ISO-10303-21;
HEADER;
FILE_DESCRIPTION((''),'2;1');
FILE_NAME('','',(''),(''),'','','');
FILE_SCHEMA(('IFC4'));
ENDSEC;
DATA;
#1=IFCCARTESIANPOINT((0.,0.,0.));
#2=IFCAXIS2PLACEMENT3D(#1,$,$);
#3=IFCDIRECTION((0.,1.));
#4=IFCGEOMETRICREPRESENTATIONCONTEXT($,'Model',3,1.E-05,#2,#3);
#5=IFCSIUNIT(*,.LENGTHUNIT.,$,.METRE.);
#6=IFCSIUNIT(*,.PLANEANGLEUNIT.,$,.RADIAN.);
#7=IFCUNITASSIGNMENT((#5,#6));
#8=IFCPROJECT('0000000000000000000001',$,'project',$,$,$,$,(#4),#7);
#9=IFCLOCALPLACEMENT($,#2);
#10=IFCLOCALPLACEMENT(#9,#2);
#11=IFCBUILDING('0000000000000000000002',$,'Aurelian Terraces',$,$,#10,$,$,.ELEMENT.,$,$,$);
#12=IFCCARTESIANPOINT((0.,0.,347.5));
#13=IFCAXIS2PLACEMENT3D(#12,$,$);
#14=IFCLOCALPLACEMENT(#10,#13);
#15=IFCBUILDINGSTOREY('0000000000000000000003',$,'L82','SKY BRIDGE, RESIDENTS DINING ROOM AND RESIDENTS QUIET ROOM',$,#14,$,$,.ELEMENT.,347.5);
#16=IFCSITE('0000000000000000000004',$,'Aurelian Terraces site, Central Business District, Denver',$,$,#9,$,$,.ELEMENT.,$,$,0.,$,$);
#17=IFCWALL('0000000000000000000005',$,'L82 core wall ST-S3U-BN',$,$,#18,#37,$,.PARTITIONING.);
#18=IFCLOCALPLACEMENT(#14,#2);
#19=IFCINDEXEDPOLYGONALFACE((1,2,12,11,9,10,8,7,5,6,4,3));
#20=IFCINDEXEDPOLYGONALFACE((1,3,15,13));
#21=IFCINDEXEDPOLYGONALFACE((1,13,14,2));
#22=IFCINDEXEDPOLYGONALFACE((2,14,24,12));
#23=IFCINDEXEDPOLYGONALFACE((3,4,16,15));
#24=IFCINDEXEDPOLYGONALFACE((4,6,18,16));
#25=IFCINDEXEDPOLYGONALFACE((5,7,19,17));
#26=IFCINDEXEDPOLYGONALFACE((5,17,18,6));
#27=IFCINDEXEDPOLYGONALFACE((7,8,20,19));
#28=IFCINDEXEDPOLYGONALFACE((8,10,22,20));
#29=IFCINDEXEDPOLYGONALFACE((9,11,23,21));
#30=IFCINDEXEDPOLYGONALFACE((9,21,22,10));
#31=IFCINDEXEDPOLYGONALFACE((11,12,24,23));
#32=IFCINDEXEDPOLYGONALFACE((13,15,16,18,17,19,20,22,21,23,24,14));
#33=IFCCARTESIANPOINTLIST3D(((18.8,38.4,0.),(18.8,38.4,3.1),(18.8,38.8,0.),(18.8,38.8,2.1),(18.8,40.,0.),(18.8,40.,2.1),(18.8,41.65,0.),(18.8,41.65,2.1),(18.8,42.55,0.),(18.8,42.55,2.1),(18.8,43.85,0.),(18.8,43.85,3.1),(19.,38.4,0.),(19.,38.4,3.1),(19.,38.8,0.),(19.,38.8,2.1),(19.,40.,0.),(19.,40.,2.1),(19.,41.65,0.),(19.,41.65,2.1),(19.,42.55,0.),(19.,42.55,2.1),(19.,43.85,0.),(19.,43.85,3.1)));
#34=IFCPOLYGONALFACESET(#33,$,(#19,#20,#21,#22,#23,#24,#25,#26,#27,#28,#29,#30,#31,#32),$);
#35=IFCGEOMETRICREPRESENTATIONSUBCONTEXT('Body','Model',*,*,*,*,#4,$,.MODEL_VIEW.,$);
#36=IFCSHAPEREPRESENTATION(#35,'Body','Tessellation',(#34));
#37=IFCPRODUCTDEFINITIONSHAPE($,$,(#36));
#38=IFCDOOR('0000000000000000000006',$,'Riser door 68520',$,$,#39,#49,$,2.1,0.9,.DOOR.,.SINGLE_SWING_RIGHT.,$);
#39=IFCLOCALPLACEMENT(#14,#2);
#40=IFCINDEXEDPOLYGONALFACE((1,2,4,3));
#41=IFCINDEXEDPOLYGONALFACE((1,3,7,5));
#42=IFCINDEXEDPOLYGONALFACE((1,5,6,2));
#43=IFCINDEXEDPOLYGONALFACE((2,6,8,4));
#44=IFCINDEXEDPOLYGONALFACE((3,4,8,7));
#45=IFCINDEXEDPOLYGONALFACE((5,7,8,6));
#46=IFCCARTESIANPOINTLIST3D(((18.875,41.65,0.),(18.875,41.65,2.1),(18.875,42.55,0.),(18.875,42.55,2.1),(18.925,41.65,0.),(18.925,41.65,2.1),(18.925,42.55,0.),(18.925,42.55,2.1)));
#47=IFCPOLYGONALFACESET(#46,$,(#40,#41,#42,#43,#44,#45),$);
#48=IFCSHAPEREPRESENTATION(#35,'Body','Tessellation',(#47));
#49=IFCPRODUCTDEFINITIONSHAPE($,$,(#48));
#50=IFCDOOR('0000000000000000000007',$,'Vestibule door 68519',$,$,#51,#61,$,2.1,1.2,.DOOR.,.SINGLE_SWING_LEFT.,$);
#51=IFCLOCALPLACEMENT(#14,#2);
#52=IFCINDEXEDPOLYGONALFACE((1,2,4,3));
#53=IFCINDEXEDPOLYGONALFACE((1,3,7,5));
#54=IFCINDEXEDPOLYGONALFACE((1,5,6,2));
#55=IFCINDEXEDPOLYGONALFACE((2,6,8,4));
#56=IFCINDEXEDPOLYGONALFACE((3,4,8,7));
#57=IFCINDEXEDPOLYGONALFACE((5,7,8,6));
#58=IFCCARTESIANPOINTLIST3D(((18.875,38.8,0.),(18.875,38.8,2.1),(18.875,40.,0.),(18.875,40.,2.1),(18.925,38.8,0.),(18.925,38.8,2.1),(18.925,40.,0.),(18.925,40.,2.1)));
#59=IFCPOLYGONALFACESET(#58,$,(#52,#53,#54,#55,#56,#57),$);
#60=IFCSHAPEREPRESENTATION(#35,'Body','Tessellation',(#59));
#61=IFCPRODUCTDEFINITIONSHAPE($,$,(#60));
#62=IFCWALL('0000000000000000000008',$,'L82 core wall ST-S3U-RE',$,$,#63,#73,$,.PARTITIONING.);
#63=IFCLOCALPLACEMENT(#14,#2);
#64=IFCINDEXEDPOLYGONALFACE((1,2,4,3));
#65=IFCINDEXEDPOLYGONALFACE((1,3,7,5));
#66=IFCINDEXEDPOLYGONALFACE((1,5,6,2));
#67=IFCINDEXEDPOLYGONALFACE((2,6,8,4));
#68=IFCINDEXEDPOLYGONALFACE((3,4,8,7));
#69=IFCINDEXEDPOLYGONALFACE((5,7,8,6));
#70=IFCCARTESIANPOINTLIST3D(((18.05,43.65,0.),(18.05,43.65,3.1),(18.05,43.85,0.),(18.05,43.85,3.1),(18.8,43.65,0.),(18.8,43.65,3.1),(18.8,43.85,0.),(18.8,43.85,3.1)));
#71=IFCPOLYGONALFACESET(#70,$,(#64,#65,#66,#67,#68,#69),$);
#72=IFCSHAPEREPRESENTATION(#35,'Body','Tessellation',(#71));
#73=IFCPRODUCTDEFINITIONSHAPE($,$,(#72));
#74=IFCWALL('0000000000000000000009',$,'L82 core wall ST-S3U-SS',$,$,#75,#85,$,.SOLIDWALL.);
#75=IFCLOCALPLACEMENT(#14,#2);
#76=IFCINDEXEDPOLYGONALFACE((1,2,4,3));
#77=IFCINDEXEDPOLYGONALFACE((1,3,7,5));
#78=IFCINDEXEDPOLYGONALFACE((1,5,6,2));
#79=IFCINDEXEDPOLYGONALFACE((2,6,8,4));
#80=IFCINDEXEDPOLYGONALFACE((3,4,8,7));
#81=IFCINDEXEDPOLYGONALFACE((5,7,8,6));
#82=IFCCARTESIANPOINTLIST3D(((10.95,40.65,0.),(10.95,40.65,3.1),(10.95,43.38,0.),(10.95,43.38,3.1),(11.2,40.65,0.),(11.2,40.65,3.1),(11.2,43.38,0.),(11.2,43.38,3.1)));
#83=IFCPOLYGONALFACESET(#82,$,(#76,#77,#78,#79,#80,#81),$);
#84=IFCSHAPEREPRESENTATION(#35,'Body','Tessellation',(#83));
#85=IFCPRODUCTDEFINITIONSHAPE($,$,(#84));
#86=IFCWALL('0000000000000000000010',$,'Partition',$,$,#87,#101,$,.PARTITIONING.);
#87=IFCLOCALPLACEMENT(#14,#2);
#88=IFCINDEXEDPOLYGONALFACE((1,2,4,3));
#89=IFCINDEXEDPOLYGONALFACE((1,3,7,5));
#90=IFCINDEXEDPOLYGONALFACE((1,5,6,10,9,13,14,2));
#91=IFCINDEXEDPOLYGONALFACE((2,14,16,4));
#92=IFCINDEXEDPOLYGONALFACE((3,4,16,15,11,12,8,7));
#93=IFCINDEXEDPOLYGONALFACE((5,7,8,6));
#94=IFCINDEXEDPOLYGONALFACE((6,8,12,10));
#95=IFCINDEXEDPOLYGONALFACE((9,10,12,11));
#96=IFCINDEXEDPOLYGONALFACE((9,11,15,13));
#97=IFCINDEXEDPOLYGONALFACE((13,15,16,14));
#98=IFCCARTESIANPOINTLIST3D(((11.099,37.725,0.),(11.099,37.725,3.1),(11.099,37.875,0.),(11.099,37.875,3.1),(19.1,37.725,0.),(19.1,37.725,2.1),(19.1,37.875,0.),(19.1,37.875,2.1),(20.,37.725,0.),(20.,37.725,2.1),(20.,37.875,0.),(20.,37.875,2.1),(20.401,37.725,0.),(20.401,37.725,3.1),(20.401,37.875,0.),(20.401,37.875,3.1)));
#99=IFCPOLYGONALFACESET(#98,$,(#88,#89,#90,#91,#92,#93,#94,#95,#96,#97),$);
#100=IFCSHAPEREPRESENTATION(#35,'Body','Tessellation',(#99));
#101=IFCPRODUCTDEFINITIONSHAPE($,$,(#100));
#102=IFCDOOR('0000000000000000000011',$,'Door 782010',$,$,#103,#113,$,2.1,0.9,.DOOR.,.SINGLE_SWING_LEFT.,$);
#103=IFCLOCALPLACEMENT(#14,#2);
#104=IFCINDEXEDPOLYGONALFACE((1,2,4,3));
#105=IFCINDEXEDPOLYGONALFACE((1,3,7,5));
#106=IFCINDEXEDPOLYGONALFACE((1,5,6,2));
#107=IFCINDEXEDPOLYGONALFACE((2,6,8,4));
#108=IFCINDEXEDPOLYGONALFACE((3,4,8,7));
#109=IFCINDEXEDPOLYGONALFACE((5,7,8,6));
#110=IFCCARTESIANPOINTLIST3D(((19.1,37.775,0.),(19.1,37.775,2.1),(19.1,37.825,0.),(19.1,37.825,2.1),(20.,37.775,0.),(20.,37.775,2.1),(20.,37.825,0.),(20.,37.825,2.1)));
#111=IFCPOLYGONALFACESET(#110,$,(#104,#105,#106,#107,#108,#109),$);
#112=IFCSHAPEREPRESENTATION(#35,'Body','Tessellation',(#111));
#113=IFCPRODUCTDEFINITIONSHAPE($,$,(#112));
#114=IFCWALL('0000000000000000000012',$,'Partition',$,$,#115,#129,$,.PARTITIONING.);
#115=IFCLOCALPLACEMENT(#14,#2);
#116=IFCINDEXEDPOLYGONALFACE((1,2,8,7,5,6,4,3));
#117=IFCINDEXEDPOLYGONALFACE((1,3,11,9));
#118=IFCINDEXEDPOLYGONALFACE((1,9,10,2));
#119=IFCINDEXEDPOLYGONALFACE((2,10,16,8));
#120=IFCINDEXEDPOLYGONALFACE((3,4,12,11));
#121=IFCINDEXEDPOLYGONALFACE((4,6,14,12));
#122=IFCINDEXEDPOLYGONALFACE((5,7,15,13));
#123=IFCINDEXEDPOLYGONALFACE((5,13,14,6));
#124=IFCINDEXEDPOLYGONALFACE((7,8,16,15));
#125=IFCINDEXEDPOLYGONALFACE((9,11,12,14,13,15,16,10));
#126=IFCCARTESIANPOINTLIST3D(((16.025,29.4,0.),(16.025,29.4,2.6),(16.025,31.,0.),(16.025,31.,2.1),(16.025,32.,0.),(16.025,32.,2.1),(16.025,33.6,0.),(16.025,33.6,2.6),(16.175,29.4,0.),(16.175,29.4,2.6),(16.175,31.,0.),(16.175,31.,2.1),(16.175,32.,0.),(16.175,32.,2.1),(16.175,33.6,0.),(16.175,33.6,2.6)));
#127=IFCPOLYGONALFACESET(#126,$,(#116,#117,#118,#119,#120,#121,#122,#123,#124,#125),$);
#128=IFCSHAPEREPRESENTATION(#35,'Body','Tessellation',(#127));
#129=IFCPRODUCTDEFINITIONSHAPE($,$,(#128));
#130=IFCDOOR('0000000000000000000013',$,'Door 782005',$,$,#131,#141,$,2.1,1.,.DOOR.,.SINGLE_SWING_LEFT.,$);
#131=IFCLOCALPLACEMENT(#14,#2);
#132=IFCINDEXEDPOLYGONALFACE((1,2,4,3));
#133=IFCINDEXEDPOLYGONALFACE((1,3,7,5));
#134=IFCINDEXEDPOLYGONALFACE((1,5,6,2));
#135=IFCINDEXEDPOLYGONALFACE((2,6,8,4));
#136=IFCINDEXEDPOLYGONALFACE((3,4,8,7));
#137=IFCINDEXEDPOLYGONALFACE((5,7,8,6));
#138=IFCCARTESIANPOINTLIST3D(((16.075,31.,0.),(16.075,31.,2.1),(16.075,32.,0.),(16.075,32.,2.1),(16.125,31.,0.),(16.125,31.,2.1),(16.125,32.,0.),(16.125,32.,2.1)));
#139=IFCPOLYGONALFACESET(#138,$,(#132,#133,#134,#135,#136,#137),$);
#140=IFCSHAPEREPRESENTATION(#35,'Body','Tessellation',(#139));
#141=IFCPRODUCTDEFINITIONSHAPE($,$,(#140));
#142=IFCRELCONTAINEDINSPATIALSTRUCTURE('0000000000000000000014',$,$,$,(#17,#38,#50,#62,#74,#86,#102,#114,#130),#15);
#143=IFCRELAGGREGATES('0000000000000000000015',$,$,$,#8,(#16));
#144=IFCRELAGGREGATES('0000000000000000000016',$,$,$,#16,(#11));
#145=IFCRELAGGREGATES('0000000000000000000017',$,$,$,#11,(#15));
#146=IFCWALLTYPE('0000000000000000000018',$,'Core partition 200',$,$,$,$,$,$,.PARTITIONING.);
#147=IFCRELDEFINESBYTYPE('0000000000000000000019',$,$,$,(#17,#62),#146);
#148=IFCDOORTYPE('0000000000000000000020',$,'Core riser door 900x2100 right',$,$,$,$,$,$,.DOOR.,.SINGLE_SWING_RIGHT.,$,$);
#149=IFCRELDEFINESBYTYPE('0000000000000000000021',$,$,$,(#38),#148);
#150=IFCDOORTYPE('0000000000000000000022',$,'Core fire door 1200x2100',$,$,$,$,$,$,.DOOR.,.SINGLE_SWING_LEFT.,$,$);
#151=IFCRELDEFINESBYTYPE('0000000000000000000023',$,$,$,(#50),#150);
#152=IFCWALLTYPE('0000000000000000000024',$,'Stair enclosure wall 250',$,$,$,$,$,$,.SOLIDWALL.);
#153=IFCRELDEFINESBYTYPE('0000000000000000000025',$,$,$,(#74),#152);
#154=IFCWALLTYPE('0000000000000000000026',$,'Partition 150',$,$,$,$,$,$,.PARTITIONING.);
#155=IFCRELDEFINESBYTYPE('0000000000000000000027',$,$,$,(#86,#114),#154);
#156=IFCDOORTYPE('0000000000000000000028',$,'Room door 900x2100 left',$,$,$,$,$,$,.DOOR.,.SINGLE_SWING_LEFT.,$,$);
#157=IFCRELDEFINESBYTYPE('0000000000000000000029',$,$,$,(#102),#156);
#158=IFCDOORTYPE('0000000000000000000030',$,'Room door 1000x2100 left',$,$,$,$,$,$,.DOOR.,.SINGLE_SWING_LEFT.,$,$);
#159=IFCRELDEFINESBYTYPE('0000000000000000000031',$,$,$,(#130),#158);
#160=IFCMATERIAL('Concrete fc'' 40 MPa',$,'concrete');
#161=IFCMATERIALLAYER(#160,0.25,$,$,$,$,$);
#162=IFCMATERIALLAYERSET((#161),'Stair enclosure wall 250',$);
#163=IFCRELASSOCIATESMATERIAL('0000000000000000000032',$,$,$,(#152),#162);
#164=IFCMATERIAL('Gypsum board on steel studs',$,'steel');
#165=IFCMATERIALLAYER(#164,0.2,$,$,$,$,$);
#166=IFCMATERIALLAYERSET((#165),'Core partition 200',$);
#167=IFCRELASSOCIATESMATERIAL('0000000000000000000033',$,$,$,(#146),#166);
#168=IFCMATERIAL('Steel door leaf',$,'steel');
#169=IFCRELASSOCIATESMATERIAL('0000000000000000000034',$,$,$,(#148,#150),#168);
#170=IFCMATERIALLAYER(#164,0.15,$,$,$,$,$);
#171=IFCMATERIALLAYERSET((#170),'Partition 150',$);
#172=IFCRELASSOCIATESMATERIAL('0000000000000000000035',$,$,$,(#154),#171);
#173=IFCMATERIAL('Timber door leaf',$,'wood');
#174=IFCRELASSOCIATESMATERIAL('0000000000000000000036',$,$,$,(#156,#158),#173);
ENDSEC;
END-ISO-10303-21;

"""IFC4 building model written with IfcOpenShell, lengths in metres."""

from ifc_helpers import new_model, si_unit, direction, frame, frame_2d, origin, place, context, subcontext, project, spatial, rectangle, extrude, source, transform, mapped, material, layer, layer_set, type_object, element, fill, save


model = new_model("IFC4")

# Units and contexts
model_context = context("Model", 3, precision=1e-05, world=origin(), true_north=direction((0.0, 1.0)))
body_context = subcontext(model_context, "Body", "Model", "MODEL_VIEW")
ifc_project = project(units=[si_unit("LENGTHUNIT", "METRE"), si_unit("PLANEANGLEUNIT", "RADIAN")], contexts=[model_context])

# Site, building, storey
site_placement = place(None, origin())
site = spatial("IfcSite", under=ifc_project, at=site_placement, Name="Aurelian Terraces site, Central Business District, Denver", CompositionType="ELEMENT", RefElevation=0.0)
building_placement = place(site_placement, origin())
building = spatial("IfcBuilding", under=site, at=building_placement, Name="Aurelian Terraces", CompositionType="ELEMENT")
storey_placement = place(building_placement, frame((0.0, 0.0, 347.5)))
storey = spatial("IfcBuildingStorey", under=building, at=storey_placement, Name="L82", Description="SKY BRIDGE, RESIDENTS DINING ROOM AND RESIDENTS QUIET ROOM", CompositionType="ELEMENT", Elevation=347.5)

# Shared definitions
ifc_material_1 = material(Name="Concrete fc' 40 MPa", Category="concrete")

# Shared definitions
ifc_layer_1 = layer(ifc_material_1, 0.25)
ifc_layer_set_1 = layer_set([ifc_layer_1], Name="Stair enclosure wall 250")
wall_type_1 = type_object("IfcWallType", Name="Stair enclosure wall 250", PredefinedType="SOLIDWALL", material=ifc_layer_set_1)

# Wall, openings, doors
ifc_material_2 = material(Name="Gypsum board on steel studs", Category="steel")
ifc_layer_2 = layer(ifc_material_2, 0.2)
ifc_layer_set_2 = layer_set([ifc_layer_2], Name="Core partition 200")
wall_type_2 = type_object("IfcWallType", Name="Core partition 200", PredefinedType="PARTITIONING", material=ifc_layer_set_2)
shared_shape_1 = source(origin(), body_context, "Body", "SweptSolid", [
    extrude(rectangle(XDim=5.45, YDim=0.2, at=frame_2d((2.725, 0.0))), origin(), (0.0, 0.0, 1.0), 3.1),
])
wall_1_placement = place(storey_placement, frame((18.9, 38.4, 0.0), z_axis=(0.0, 0.0, 1.0), x_axis=(0.0, 1.0, 0.0)))
wall_1 = element("IfcWall", 1, at=wall_1_placement, inside=storey, type_object=wall_type_2, Name="L82 core wall ST-S3U-BN", PredefinedType="PARTITIONING", context=body_context, shape_type="MappedRepresentation", body=[
    mapped(shared_shape_1, transform((0.0, 0.0, 0.0), scale=1.0)),
])
shared_shape_2 = source(origin(), body_context, "Body", "SweptSolid", [
    extrude(rectangle(XDim=1.2, YDim=2.1, at=frame_2d((0.6, 1.05))), frame((0.0, 0.11, 0.0), z_axis=(0.0, -1.0, 0.0), x_axis=(1.0, 0.0, 0.0)), (0.0, 0.0, 1.0), 0.22),
])
opening_1_placement = place(wall_1_placement, frame((0.4, 0.0, 0.0)))
opening_1 = element("IfcOpeningElement", 2, at=opening_1_placement, cuts=wall_1, PredefinedType="OPENING", context=body_context, shape_type="MappedRepresentation", body=[
    mapped(shared_shape_2, transform((0.0, 0.0, 0.0), scale=1.0)),
])
shared_shape_3 = source(origin(), body_context, "Body", "SweptSolid", [
    extrude(rectangle(XDim=0.9, YDim=2.1, at=frame_2d((0.45, 1.05))), frame((0.0, 0.11, 0.0), z_axis=(0.0, -1.0, 0.0), x_axis=(1.0, 0.0, 0.0)), (0.0, 0.0, 1.0), 0.22),
])
opening_2_placement = place(wall_1_placement, frame((3.25, 0.0, 0.0)))
opening_2 = element("IfcOpeningElement", 3, at=opening_2_placement, cuts=wall_1, PredefinedType="OPENING", context=body_context, shape_type="MappedRepresentation", body=[
    mapped(shared_shape_3, transform((0.0, 0.0, 0.0), scale=1.0)),
])
ifc_material_3 = material(Name="Steel door leaf", Category="steel")
door_type_1 = type_object("IfcDoorType", Name="Core riser door 900x2100 right", OperationType="SINGLE_SWING_RIGHT", PredefinedType="DOOR", material=ifc_material_3)
shared_shape_4 = source(origin(), body_context, "Body", "SweptSolid", [
    extrude(rectangle(XDim=0.9, YDim=2.1, at=frame_2d((0.45, 1.05))), frame((0.0, 0.025, 0.0), z_axis=(0.0, -1.0, 0.0), x_axis=(1.0, 0.0, 0.0)), (0.0, 0.0, 1.0), 0.05),
])
door_1_placement = place(opening_2_placement, origin())
door_1 = element("IfcDoor", 4, at=door_1_placement, inside=storey, type_object=door_type_1, Name="Riser door 68520", OperationType="SINGLE_SWING_RIGHT", OverallHeight=2.1, OverallWidth=0.9, PredefinedType="DOOR", context=body_context, shape_type="MappedRepresentation", body=[
    mapped(shared_shape_4, transform((0.0, 0.0, 0.0), scale=1.0)),
])
fill(opening_2, door_1)
door_type_2 = type_object("IfcDoorType", Name="Core fire door 1200x2100", OperationType="SINGLE_SWING_LEFT", PredefinedType="DOOR", material=ifc_material_3)
shared_shape_5 = source(origin(), body_context, "Body", "SweptSolid", [
    extrude(rectangle(XDim=1.2, YDim=2.1, at=frame_2d((0.6, 1.05))), frame((0.0, 0.025, 0.0), z_axis=(0.0, -1.0, 0.0), x_axis=(1.0, 0.0, 0.0)), (0.0, 0.0, 1.0), 0.05),
])
door_2_placement = place(opening_1_placement, origin())
door_2 = element("IfcDoor", 5, at=door_2_placement, inside=storey, type_object=door_type_2, Name="Vestibule door 68519", OperationType="SINGLE_SWING_LEFT", OverallHeight=2.1, OverallWidth=1.2, PredefinedType="DOOR", context=body_context, shape_type="MappedRepresentation", body=[
    mapped(shared_shape_5, transform((0.0, 0.0, 0.0), scale=1.0)),
])
fill(opening_1, door_2)

# Walls
shared_shape_6 = source(origin(), body_context, "Body", "SweptSolid", [
    extrude(rectangle(XDim=0.75, YDim=0.2, at=frame_2d((0.375, 0.0))), origin(), (0.0, 0.0, 1.0), 3.1),
])
wall_2_placement = place(storey_placement, frame((18.05, 43.75, 0.0), z_axis=(0.0, 0.0, 1.0), x_axis=(1.0, 0.0, 0.0)))
element("IfcWall", 6, at=wall_2_placement, inside=storey, type_object=wall_type_2, Name="L82 core wall ST-S3U-RE", PredefinedType="PARTITIONING", context=body_context, shape_type="MappedRepresentation", body=[
    mapped(shared_shape_6, transform((0.0, 0.0, 0.0), scale=1.0)),
])
shared_shape_7 = source(origin(), body_context, "Body", "SweptSolid", [
    extrude(rectangle(XDim=2.73, YDim=0.25, at=frame_2d((1.365, 0.0))), origin(), (0.0, 0.0, 1.0), 3.1),
])
wall_3_placement = place(storey_placement, frame((11.075, 40.65, 0.0), z_axis=(0.0, 0.0, 1.0), x_axis=(0.0, 1.0, 0.0)))
element("IfcWall", 7, at=wall_3_placement, inside=storey, type_object=wall_type_1, Name="L82 core wall ST-S3U-SS", PredefinedType="SOLIDWALL", context=body_context, shape_type="MappedRepresentation", body=[
    mapped(shared_shape_7, transform((0.0, 0.0, 0.0), scale=1.0)),
])

# Walls, openings, doors
ifc_layer_3 = layer(ifc_material_2, 0.15)
ifc_layer_set_3 = layer_set([ifc_layer_3], Name="Partition 150")
wall_type_3 = type_object("IfcWallType", Name="Partition 150", PredefinedType="PARTITIONING", material=ifc_layer_set_3)
shared_shape_8 = source(origin(), body_context, "Body", "SweptSolid", [
    extrude(rectangle(XDim=9.302, YDim=0.15, at=frame_2d((4.651, 0.0))), origin(), (0.0, 0.0, 1.0), 3.1),
])
wall_4_placement = place(storey_placement, frame((20.401, 37.8, 0.0), z_axis=(0.0, 0.0, 1.0), x_axis=(-1.0, 0.0, 0.0)))
wall_4 = element("IfcWall", 8, at=wall_4_placement, inside=storey, type_object=wall_type_3, Name="Partition", PredefinedType="PARTITIONING", context=body_context, shape_type="MappedRepresentation", body=[
    mapped(shared_shape_8, transform((0.0, 0.0, 0.0), scale=1.0)),
])
shared_shape_9 = source(origin(), body_context, "Body", "SweptSolid", [
    extrude(rectangle(XDim=0.9, YDim=2.1, at=frame_2d((0.45, 1.05))), frame((0.0, 0.085, 0.0), z_axis=(0.0, -1.0, 0.0), x_axis=(1.0, 0.0, 0.0)), (0.0, 0.0, 1.0), 0.17),
])
opening_3_placement = place(wall_4_placement, frame((0.401, 0.0, 0.0)))
opening_3 = element("IfcOpeningElement", 9, at=opening_3_placement, cuts=wall_4, PredefinedType="OPENING", context=body_context, shape_type="MappedRepresentation", body=[
    mapped(shared_shape_9, transform((0.0, 0.0, 0.0), scale=1.0)),
])
ifc_material_4 = material(Name="Timber door leaf", Category="wood")
door_type_3 = type_object("IfcDoorType", Name="Room door 900x2100 left", OperationType="SINGLE_SWING_LEFT", PredefinedType="DOOR", material=ifc_material_4)
door_3_placement = place(opening_3_placement, origin())
door_3 = element("IfcDoor", 10, at=door_3_placement, inside=storey, type_object=door_type_3, Name="Door 782010", OperationType="SINGLE_SWING_LEFT", OverallHeight=2.1, OverallWidth=0.9, PredefinedType="DOOR", context=body_context, shape_type="MappedRepresentation", body=[
    mapped(shared_shape_4, transform((0.0, 0.0, 0.0), scale=1.0)),
])
fill(opening_3, door_3)
shared_shape_10 = source(origin(), body_context, "Body", "SweptSolid", [
    extrude(rectangle(XDim=4.2, YDim=0.15, at=frame_2d((2.1, 0.0))), origin(), (0.0, 0.0, 1.0), 2.6),
])
wall_5_placement = place(storey_placement, frame((16.1, 33.6, 0.0), z_axis=(0.0, 0.0, 1.0), x_axis=(0.0, -1.0, 0.0)))
wall_5 = element("IfcWall", 11, at=wall_5_placement, inside=storey, type_object=wall_type_3, Name="Partition", PredefinedType="PARTITIONING", context=body_context, shape_type="MappedRepresentation", body=[
    mapped(shared_shape_10, transform((0.0, 0.0, 0.0), scale=1.0)),
])
shared_shape_11 = source(origin(), body_context, "Body", "SweptSolid", [
    extrude(rectangle(XDim=1.0, YDim=2.1, at=frame_2d((0.5, 1.05))), frame((0.0, 0.085, 0.0), z_axis=(0.0, -1.0, 0.0), x_axis=(1.0, 0.0, 0.0)), (0.0, 0.0, 1.0), 0.17),
])
opening_4_placement = place(wall_5_placement, frame((1.6, 0.0, 0.0)))
opening_4 = element("IfcOpeningElement", 12, at=opening_4_placement, cuts=wall_5, PredefinedType="OPENING", context=body_context, shape_type="MappedRepresentation", body=[
    mapped(shared_shape_11, transform((0.0, 0.0, 0.0), scale=1.0)),
])
door_type_4 = type_object("IfcDoorType", Name="Room door 1000x2100 left", OperationType="SINGLE_SWING_LEFT", PredefinedType="DOOR", material=ifc_material_4)
shared_shape_12 = source(origin(), body_context, "Body", "SweptSolid", [
    extrude(rectangle(XDim=1.0, YDim=2.1, at=frame_2d((0.5, 1.05))), frame((0.0, 0.025, 0.0), z_axis=(0.0, -1.0, 0.0), x_axis=(1.0, 0.0, 0.0)), (0.0, 0.0, 1.0), 0.05),
])
door_4_placement = place(opening_4_placement, origin())
door_4 = element("IfcDoor", 13, at=door_4_placement, inside=storey, type_object=door_type_4, Name="Door 782005", OperationType="SINGLE_SWING_LEFT", OverallHeight=2.1, OverallWidth=1.0, PredefinedType="DOOR", context=body_context, shape_type="MappedRepresentation", body=[
    mapped(shared_shape_12, transform((0.0, 0.0, 0.0), scale=1.0)),
])
fill(opening_4, door_4)

save(model, "model.ifc")
